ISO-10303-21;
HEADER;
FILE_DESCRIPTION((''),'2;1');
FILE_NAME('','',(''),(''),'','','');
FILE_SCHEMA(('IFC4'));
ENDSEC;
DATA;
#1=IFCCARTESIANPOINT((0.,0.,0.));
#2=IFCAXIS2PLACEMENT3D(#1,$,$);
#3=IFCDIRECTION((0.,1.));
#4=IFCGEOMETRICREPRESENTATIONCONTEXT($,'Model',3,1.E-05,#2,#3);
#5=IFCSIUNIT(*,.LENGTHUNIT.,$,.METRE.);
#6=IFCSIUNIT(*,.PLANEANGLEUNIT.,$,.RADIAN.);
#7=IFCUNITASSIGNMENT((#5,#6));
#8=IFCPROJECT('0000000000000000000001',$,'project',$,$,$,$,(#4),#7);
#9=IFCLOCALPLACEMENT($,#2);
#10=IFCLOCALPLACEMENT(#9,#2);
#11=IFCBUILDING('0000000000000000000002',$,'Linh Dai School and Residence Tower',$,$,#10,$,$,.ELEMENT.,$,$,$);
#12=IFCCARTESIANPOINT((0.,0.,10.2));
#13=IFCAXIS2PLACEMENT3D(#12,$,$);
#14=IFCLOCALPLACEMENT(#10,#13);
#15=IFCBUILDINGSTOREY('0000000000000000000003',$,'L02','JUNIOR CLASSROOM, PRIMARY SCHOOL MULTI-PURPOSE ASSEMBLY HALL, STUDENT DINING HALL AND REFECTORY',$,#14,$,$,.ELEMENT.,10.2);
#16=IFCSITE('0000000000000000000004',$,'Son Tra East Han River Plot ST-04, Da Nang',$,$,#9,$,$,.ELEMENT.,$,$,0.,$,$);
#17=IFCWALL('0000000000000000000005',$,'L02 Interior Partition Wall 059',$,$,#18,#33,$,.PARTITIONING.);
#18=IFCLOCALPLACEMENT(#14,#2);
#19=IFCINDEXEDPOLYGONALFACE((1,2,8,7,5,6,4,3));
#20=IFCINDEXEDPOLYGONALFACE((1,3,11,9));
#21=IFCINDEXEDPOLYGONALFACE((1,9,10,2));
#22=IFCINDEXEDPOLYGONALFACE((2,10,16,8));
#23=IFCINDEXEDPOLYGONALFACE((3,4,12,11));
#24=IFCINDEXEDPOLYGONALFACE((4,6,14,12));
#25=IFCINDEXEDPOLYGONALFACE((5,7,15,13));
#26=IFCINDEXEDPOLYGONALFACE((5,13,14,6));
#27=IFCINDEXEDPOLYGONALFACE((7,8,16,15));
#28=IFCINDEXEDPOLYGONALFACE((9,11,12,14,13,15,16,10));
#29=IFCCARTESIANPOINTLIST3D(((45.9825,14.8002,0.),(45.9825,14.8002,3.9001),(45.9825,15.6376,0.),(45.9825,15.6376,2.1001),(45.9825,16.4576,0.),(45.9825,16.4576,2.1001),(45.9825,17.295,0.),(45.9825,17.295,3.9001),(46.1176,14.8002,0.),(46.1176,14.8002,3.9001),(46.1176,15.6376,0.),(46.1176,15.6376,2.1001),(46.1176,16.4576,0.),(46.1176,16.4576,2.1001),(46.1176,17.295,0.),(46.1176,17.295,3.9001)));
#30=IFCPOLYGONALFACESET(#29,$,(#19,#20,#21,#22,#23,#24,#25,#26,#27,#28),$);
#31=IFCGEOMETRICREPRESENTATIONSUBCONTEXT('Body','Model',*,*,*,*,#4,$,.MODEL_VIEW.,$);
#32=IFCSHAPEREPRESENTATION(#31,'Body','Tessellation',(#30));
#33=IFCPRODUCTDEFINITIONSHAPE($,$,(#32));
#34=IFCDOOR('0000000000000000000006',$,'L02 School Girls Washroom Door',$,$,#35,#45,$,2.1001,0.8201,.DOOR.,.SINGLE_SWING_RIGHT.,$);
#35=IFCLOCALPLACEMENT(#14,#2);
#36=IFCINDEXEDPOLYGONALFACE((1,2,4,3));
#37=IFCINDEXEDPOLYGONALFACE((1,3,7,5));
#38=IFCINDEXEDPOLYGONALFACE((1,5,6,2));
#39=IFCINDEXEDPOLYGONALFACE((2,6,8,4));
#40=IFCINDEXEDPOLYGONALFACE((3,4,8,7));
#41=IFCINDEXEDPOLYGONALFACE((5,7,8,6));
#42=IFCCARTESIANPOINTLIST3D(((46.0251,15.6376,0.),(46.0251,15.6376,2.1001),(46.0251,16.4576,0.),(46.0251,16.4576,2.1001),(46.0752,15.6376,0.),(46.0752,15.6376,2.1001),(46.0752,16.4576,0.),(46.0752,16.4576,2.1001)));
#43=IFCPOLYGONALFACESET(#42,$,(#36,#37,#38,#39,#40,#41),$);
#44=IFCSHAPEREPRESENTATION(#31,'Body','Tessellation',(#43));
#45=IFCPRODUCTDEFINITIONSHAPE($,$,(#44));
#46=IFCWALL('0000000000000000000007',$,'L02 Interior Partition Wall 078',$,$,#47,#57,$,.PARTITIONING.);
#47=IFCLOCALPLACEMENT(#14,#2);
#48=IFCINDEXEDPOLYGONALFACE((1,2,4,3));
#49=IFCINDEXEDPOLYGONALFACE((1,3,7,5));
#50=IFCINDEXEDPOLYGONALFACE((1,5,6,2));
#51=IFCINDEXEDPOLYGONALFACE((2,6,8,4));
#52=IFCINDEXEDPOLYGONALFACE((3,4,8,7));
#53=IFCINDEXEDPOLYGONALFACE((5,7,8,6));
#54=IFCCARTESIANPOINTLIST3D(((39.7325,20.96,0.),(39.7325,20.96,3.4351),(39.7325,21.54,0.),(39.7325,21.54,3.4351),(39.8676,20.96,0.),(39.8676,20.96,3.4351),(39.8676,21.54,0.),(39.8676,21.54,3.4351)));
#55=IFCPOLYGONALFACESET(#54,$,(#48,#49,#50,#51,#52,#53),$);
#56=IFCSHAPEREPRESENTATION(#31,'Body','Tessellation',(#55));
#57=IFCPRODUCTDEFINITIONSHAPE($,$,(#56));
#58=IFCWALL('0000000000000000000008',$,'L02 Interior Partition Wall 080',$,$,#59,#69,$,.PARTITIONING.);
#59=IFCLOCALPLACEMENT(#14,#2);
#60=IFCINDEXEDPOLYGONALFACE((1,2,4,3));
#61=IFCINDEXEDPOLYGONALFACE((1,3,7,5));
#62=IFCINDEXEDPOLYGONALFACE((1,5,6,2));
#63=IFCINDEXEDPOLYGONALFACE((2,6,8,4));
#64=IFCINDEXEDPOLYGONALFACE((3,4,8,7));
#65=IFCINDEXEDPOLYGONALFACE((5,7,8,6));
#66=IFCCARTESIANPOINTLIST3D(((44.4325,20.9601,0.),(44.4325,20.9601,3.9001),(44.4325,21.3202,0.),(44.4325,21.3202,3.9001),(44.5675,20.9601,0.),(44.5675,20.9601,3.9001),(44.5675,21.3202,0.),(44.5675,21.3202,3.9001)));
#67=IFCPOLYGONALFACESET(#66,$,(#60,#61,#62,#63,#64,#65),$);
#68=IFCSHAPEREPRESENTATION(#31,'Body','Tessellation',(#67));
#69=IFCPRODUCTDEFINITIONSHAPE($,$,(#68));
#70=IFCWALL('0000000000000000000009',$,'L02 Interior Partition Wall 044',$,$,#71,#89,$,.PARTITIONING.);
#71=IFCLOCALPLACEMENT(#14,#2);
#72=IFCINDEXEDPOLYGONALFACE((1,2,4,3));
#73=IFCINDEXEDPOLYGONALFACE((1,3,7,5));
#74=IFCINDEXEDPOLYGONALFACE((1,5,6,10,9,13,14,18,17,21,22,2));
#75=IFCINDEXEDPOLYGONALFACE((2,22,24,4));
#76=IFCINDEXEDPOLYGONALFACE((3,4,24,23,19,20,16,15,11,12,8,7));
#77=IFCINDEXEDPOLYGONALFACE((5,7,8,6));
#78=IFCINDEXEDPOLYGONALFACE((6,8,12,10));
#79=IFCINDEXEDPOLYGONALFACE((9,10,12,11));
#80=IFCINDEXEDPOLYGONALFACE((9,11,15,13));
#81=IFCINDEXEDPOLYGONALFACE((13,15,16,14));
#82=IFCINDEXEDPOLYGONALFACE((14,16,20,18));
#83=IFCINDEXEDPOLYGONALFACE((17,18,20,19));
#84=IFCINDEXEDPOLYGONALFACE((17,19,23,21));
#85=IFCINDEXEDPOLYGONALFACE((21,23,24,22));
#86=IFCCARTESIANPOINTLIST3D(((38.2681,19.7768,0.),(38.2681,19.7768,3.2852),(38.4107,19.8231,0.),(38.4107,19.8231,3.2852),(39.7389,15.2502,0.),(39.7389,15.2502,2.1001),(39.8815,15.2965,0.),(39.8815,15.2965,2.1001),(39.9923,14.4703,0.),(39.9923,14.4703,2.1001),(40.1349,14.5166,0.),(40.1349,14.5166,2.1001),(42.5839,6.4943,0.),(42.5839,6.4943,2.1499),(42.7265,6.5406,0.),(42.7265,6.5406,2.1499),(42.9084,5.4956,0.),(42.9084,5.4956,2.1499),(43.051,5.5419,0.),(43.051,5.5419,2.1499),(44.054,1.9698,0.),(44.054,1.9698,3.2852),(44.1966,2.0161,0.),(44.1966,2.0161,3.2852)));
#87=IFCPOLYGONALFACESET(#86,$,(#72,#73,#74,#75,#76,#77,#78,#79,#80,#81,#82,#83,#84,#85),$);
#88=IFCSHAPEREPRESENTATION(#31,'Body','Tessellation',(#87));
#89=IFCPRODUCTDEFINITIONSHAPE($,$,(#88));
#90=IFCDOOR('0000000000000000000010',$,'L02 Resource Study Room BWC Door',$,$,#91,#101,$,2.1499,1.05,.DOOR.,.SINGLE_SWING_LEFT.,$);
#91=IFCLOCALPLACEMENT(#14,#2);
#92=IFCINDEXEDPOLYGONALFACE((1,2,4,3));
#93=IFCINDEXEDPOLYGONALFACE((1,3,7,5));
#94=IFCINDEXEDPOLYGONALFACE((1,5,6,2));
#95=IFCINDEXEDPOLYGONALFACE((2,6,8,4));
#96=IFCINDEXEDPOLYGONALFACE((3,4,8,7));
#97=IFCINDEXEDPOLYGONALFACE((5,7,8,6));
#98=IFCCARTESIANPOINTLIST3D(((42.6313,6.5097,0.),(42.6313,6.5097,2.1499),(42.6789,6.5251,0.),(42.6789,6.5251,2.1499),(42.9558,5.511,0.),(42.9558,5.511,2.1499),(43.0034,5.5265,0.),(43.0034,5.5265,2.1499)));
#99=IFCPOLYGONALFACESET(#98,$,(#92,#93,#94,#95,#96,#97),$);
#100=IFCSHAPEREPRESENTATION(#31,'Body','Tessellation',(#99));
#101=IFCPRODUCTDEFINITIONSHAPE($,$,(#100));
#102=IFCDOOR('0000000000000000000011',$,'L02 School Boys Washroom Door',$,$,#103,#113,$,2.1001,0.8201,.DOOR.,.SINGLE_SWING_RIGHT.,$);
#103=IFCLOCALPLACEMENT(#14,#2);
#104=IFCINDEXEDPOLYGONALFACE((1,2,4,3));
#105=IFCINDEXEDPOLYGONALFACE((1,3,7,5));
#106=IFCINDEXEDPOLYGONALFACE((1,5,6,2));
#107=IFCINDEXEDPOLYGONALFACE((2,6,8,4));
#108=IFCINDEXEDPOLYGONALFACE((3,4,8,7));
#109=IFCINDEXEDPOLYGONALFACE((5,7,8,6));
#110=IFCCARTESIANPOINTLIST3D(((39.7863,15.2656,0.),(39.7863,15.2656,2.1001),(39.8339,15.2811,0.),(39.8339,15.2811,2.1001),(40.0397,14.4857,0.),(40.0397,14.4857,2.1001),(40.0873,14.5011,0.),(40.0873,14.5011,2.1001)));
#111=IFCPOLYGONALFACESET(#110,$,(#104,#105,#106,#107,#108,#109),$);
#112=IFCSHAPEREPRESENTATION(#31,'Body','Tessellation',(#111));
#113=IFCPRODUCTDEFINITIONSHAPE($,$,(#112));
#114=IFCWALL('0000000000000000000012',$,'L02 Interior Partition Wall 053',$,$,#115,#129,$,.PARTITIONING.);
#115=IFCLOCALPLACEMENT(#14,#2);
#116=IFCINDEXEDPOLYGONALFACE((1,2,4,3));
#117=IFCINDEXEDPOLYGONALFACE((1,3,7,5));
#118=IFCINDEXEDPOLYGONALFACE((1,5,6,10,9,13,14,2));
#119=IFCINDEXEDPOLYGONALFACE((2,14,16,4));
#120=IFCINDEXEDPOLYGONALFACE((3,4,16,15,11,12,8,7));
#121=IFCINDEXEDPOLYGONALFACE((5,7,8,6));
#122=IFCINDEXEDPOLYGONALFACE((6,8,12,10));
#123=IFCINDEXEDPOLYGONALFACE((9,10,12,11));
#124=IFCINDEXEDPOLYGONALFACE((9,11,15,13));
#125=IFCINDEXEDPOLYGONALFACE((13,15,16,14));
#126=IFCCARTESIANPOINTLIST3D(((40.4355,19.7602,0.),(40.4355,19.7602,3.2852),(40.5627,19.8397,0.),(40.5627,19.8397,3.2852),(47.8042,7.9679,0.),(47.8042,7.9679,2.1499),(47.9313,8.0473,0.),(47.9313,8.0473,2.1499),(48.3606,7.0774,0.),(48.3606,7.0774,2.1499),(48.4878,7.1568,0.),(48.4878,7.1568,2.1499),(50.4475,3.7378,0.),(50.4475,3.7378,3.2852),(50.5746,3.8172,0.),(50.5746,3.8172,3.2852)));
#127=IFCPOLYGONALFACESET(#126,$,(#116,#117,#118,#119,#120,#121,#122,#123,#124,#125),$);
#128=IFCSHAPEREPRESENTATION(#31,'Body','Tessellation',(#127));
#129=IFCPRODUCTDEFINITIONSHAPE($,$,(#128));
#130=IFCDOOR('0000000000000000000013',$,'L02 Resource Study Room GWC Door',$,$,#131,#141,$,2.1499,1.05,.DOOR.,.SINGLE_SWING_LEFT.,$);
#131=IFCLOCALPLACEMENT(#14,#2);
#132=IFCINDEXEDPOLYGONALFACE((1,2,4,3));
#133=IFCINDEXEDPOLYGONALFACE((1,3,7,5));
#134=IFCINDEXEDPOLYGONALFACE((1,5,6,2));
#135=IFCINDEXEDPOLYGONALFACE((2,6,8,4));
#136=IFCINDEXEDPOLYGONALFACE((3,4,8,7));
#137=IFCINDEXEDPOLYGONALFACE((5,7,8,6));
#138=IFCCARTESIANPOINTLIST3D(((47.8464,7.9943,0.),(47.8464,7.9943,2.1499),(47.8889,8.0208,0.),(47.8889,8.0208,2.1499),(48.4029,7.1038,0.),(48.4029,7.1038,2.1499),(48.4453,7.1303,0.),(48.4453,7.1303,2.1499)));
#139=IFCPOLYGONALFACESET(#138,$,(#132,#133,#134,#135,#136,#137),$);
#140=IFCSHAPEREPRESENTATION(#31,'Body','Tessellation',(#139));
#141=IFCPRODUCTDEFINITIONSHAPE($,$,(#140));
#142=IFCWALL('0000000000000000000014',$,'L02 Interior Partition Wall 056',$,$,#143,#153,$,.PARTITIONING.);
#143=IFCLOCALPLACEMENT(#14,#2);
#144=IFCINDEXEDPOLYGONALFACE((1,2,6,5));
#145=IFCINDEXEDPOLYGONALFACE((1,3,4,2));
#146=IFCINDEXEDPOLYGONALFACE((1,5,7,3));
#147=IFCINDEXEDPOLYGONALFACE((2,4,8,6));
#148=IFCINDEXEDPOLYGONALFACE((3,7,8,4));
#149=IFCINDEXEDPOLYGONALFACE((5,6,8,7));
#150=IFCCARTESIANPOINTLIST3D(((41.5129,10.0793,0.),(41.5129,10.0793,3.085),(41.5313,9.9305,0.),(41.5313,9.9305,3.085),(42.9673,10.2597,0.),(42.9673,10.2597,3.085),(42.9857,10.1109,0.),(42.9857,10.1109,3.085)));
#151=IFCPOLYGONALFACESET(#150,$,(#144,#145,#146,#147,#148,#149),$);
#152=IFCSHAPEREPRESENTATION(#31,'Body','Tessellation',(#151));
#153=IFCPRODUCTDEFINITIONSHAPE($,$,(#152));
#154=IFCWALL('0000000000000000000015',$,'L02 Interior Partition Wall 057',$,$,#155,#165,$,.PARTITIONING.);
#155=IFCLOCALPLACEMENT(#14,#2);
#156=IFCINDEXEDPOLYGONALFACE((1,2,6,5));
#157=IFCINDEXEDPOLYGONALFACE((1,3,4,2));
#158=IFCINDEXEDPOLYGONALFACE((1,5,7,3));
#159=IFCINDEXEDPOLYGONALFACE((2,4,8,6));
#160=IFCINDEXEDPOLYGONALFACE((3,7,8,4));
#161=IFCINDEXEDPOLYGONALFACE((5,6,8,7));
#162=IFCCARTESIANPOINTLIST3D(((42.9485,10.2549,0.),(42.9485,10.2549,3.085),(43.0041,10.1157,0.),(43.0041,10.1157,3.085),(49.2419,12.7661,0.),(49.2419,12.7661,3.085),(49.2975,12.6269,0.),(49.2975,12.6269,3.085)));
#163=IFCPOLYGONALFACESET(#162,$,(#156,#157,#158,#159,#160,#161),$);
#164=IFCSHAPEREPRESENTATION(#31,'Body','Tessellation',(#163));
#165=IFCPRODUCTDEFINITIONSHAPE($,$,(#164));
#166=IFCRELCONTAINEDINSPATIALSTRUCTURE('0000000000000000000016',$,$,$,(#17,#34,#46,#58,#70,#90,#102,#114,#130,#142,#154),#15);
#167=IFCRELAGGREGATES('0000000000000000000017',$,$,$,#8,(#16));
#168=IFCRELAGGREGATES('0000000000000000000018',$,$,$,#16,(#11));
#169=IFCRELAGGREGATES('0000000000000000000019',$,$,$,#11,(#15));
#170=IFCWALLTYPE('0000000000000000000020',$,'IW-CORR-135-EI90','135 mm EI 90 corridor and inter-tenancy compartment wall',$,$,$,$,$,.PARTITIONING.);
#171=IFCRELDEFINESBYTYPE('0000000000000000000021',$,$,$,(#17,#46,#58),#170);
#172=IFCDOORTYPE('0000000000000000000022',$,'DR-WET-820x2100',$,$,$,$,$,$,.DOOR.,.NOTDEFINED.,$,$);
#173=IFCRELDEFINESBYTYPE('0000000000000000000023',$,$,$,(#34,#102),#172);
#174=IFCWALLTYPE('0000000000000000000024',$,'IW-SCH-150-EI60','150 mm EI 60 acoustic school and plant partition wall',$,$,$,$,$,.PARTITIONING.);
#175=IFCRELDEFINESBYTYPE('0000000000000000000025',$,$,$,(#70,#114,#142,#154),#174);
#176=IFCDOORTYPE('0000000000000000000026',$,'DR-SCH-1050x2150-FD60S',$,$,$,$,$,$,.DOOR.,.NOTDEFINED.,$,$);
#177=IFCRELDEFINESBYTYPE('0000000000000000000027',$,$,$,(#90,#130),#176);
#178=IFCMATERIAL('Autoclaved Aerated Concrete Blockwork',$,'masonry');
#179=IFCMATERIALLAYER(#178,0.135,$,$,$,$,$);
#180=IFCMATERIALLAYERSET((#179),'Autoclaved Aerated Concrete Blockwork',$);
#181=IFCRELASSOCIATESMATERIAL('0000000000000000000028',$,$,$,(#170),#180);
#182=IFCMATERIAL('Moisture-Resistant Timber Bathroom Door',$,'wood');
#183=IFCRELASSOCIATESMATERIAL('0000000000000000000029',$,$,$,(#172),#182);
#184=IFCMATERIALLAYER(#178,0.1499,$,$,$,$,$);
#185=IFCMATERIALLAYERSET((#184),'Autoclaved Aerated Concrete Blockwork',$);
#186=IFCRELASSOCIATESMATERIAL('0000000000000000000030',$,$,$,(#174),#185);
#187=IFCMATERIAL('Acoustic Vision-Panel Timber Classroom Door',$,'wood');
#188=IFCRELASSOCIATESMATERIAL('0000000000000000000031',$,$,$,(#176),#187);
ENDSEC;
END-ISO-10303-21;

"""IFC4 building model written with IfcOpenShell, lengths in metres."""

from ifc_helpers import new_model, si_unit, direction, frame, frame_2d, origin, origin_2d, place, context, subcontext, project, spatial, rectangle, extrude, source, transform, mapped, material, layer, layer_set, type_object, element, fill, save


model = new_model("IFC4")

# Units and contexts
model_context = context("Model", 3, precision=1e-05, world=origin(), true_north=direction((0.0, 1.0)))
body_context = subcontext(model_context, "Body", "Model", "MODEL_VIEW")
ifc_project = project(units=[si_unit("LENGTHUNIT", "METRE"), si_unit("PLANEANGLEUNIT", "RADIAN")], contexts=[model_context])

# Site, building, storey
site_placement = place(None, origin())
site = spatial("IfcSite", under=ifc_project, at=site_placement, Name="Son Tra East Han River Plot ST-04, Da Nang", CompositionType="ELEMENT", RefElevation=0.0)
building_placement = place(site_placement, origin())
building = spatial("IfcBuilding", under=site, at=building_placement, Name="Linh Dai School and Residence Tower", CompositionType="ELEMENT")
storey_placement = place(building_placement, frame((0.0, 0.0, 10.2)))
storey = spatial("IfcBuildingStorey", under=building, at=storey_placement, Name="L02", Description="JUNIOR CLASSROOM, PRIMARY SCHOOL MULTI-PURPOSE ASSEMBLY HALL, STUDENT DINING HALL AND REFECTORY", CompositionType="ELEMENT", Elevation=10.2)

# Shared definitions
ifc_material_1 = material(Name="Autoclaved Aerated Concrete Blockwork", Category="masonry")
ifc_layer_1 = layer(ifc_material_1, 0.135)
ifc_layer_set_1 = layer_set([ifc_layer_1], Name="Autoclaved Aerated Concrete Blockwork")
wall_type_1 = type_object("IfcWallType", Name="IW-CORR-135-EI90", Description="135 mm EI 90 corridor and inter-tenancy compartment wall", PredefinedType="PARTITIONING", material=ifc_layer_set_1)

# Wall, opening, door
wall_1_placement = place(storey_placement, frame((46.05, 14.8, 0.0), z_axis=(0.0, 0.0, 1.0), x_axis=(0.0, 1.0, 0.0)))
wall_1 = element("IfcWall", 1, at=wall_1_placement, inside=storey, type_object=wall_type_1, Name="L02 Interior Partition Wall 059", PredefinedType="PARTITIONING", context=body_context, shape_type="SweptSolid", body=[
    extrude(rectangle(XDim=2.4949, YDim=0.135, at=frame_2d((1.2476, 0.0))), origin(), (0.0, 0.0, 1.0), 3.9001),
])
opening_1_placement = place(wall_1_placement, frame((0.8374, 0.0, 0.0)))
opening_1 = element("IfcOpeningElement", 2, at=opening_1_placement, cuts=wall_1, PredefinedType="OPENING", context=body_context, shape_type="SweptSolid", body=[
    extrude(rectangle(XDim=0.8201, YDim=2.1001, at=origin_2d()), frame((0.4102, 0.0776, 1.05), z_axis=(0.0, -1.0, 0.0), x_axis=(1.0, 0.0, 0.0)), (0.0, 0.0, 1.0), 0.155),
])
ifc_material_2 = material(Name="Moisture-Resistant Timber Bathroom Door", Category="wood")
door_type_1 = type_object("IfcDoorType", Name="DR-WET-820x2100", OperationType="NOTDEFINED", PredefinedType="DOOR", material=ifc_material_2)
shared_shape_1 = source(origin(), body_context, "Body", "SweptSolid", [
    extrude(rectangle(XDim=0.8201, YDim=2.1001, at=origin_2d()), frame((0.4102, 0.0249, 1.05), z_axis=(0.0, -1.0, 0.0), x_axis=(1.0, 0.0, 0.0)), (0.0, 0.0, 1.0), 0.05),
])
door_1_placement = place(opening_1_placement, origin())
door_1 = element("IfcDoor", 3, at=door_1_placement, inside=storey, type_object=door_type_1, Name="L02 School Girls Washroom Door", OperationType="SINGLE_SWING_RIGHT", OverallHeight=2.1001, OverallWidth=0.8201, PredefinedType="DOOR", context=body_context, shape_type="MappedRepresentation", body=[
    mapped(shared_shape_1, transform((0.0, 0.0, 0.0), x_axis=(1.0, 0.0, 0.0), y_axis=(0.0, 1.0, 0.0), z_axis=(0.0, 0.0, 1.0), scale=1.0)),
])
fill(opening_1, door_1)

# Walls
wall_2_placement = place(storey_placement, frame((39.8, 20.96, 0.0), z_axis=(0.0, 0.0, 1.0), x_axis=(0.0, 1.0, 0.0)))
element("IfcWall", 4, at=wall_2_placement, inside=storey, type_object=wall_type_1, Name="L02 Interior Partition Wall 078", PredefinedType="PARTITIONING", context=body_context, shape_type="SweptSolid", body=[
    extrude(rectangle(XDim=0.5801, YDim=0.135, at=frame_2d((0.29, 0.0))), origin(), (0.0, 0.0, 1.0), 3.4351),
])
wall_3_placement = place(storey_placement, frame((44.5, 20.96, 0.0), z_axis=(0.0, 0.0, 1.0), x_axis=(0.0, 1.0, 0.0)))
element("IfcWall", 5, at=wall_3_placement, inside=storey, type_object=wall_type_1, Name="L02 Interior Partition Wall 080", PredefinedType="PARTITIONING", context=body_context, shape_type="SweptSolid", body=[
    extrude(rectangle(XDim=0.3601, YDim=0.135, at=frame_2d((0.1802, 0.0))), origin(), (0.0, 0.0, 1.0), 3.9001),
])

# Wall, openings, doors
ifc_layer_2 = layer(ifc_material_1, 0.1499)
ifc_layer_set_2 = layer_set([ifc_layer_2], Name="Autoclaved Aerated Concrete Blockwork")
wall_type_2 = type_object("IfcWallType", Name="IW-SCH-150-EI60", Description="150 mm EI 60 acoustic school and plant partition wall", PredefinedType="PARTITIONING", material=ifc_layer_set_2)
wall_4_placement = place(storey_placement, frame((38.3394, 19.8, 0.0), z_axis=(0.0, 0.0, 1.0), x_axis=(0.309021, -0.951055, 0.0)))
wall_4 = element("IfcWall", 6, at=wall_4_placement, inside=storey, type_object=wall_type_2, Name="L02 Interior Partition Wall 044", PredefinedType="PARTITIONING", context=body_context, shape_type="SweptSolid", body=[
    extrude(rectangle(XDim=18.7234, YDim=0.1499, at=frame_2d((9.3618, 0.0))), origin(), (0.0, 0.0, 1.0), 3.2852),
])
opening_2_placement = place(wall_4_placement, frame((4.7595, 0.0, 0.0)))
opening_2 = element("IfcOpeningElement", 7, at=opening_2_placement, cuts=wall_4, PredefinedType="OPENING", context=body_context, shape_type="SweptSolid", body=[
    extrude(rectangle(XDim=0.8201, YDim=2.1001, at=origin_2d()), frame((0.4102, 0.085, 1.05), z_axis=(0.0, -1.0, 0.0), x_axis=(1.0, 0.0, 0.0)), (0.0, 0.0, 1.0), 0.1699),
])
opening_3_placement = place(wall_4_placement, frame((13.9663, 0.0, 0.0)))
opening_3 = element("IfcOpeningElement", 8, at=opening_3_placement, cuts=wall_4, PredefinedType="OPENING", context=body_context, shape_type="SweptSolid", body=[
    extrude(rectangle(XDim=1.05, YDim=2.1499, at=origin_2d()), frame((0.5249, 0.085, 1.075), z_axis=(0.0, -1.0, 0.0), x_axis=(1.0, 0.0, 0.0)), (0.0, 0.0, 1.0), 0.1699),
])
ifc_material_3 = material(Name="Acoustic Vision-Panel Timber Classroom Door", Category="wood")
door_type_2 = type_object("IfcDoorType", Name="DR-SCH-1050x2150-FD60S", OperationType="NOTDEFINED", PredefinedType="DOOR", material=ifc_material_3)
shared_shape_2 = source(origin(), body_context, "Body", "SweptSolid", [
    extrude(rectangle(XDim=1.05, YDim=2.1499, at=origin_2d()), frame((0.5249, 0.0249, 1.075), z_axis=(0.0, -1.0, 0.0), x_axis=(1.0, 0.0, 0.0)), (0.0, 0.0, 1.0), 0.05),
])
door_2_placement = place(opening_3_placement, origin())
door_2 = element("IfcDoor", 9, at=door_2_placement, inside=storey, type_object=door_type_2, Name="L02 Resource Study Room BWC Door", OperationType="SINGLE_SWING_LEFT", OverallHeight=2.1499, OverallWidth=1.05, PredefinedType="DOOR", context=body_context, shape_type="MappedRepresentation", body=[
    mapped(shared_shape_2, transform((0.0, 0.0, 0.0), x_axis=(1.0, 0.0, 0.0), y_axis=(0.0, 1.0, 0.0), z_axis=(0.0, 0.0, 1.0), scale=1.0)),
])
fill(opening_3, door_2)
door_3_placement = place(opening_2_placement, origin())
door_3 = element("IfcDoor", 10, at=door_3_placement, inside=storey, type_object=door_type_1, Name="L02 School Boys Washroom Door", OperationType="SINGLE_SWING_RIGHT", OverallHeight=2.1001, OverallWidth=0.8201, PredefinedType="DOOR", context=body_context, shape_type="MappedRepresentation", body=[
    mapped(shared_shape_1, transform((0.0, 0.0, 0.0), x_axis=(1.0, 0.0, 0.0), y_axis=(0.0, 1.0, 0.0), z_axis=(0.0, 0.0, 1.0), scale=1.0)),
])
fill(opening_2, door_3)

# Wall, opening, door
wall_5_placement = place(storey_placement, frame((40.499, 19.8, 0.0), z_axis=(0.0, 0.0, 1.0), x_axis=(0.52992, -0.848048, 0.0)))
wall_5 = element("IfcWall", 11, at=wall_5_placement, inside=storey, type_object=wall_type_2, Name="L02 Interior Partition Wall 053", PredefinedType="PARTITIONING", context=body_context, shape_type="SweptSolid", body=[
    extrude(rectangle(XDim=18.8933, YDim=0.1499, at=frame_2d((9.4468, 0.0))), origin(), (0.0, 0.0, 1.0), 3.2852),
])
opening_4_placement = place(wall_5_placement, frame((13.9055, 0.0, 0.0)))
opening_4 = element("IfcOpeningElement", 12, at=opening_4_placement, cuts=wall_5, PredefinedType="OPENING", context=body_context, shape_type="SweptSolid", body=[
    extrude(rectangle(XDim=1.05, YDim=2.1499, at=origin_2d()), frame((0.5249, 0.085, 1.075), z_axis=(0.0, -1.0, 0.0), x_axis=(1.0, 0.0, 0.0)), (0.0, 0.0, 1.0), 0.1699),
])
door_4_placement = place(opening_4_placement, origin())
door_4 = element("IfcDoor", 13, at=door_4_placement, inside=storey, type_object=door_type_2, Name="L02 Resource Study Room GWC Door", OperationType="SINGLE_SWING_LEFT", OverallHeight=2.1499, OverallWidth=1.05, PredefinedType="DOOR", context=body_context, shape_type="MappedRepresentation", body=[
    mapped(shared_shape_2, transform((0.0, 0.0, 0.0), x_axis=(1.0, 0.0, 0.0), y_axis=(0.0, 1.0, 0.0), z_axis=(0.0, 0.0, 1.0), scale=1.0)),
])
fill(opening_4, door_4)

# Walls
wall_6_placement = place(storey_placement, frame((41.522, 10.0049, 0.0), z_axis=(0.0, 0.0, 1.0), x_axis=(0.992393, 0.123112, 0.0)))
element("IfcWall", 14, at=wall_6_placement, inside=storey, type_object=wall_type_2, Name="L02 Interior Partition Wall 056", PredefinedType="PARTITIONING", context=body_context, shape_type="SweptSolid", body=[
    extrude(rectangle(XDim=1.4656, YDim=0.1499, at=frame_2d((0.7329, 0.0))), origin(), (0.0, 0.0, 1.0), 3.085),
])
wall_7_placement = place(storey_placement, frame((42.9763, 10.1853, 0.0), z_axis=(0.0, 0.0, 1.0), x_axis=(0.928789, 0.370608, 0.0)))
element("IfcWall", 15, at=wall_7_placement, inside=storey, type_object=wall_type_2, Name="L02 Interior Partition Wall 057", PredefinedType="PARTITIONING", context=body_context, shape_type="SweptSolid", body=[
    extrude(rectangle(XDim=6.7759, YDim=0.1499, at=frame_2d((3.3879, 0.0))), origin(), (0.0, 0.0, 1.0), 3.085),
])

save(model, "model.ifc")
